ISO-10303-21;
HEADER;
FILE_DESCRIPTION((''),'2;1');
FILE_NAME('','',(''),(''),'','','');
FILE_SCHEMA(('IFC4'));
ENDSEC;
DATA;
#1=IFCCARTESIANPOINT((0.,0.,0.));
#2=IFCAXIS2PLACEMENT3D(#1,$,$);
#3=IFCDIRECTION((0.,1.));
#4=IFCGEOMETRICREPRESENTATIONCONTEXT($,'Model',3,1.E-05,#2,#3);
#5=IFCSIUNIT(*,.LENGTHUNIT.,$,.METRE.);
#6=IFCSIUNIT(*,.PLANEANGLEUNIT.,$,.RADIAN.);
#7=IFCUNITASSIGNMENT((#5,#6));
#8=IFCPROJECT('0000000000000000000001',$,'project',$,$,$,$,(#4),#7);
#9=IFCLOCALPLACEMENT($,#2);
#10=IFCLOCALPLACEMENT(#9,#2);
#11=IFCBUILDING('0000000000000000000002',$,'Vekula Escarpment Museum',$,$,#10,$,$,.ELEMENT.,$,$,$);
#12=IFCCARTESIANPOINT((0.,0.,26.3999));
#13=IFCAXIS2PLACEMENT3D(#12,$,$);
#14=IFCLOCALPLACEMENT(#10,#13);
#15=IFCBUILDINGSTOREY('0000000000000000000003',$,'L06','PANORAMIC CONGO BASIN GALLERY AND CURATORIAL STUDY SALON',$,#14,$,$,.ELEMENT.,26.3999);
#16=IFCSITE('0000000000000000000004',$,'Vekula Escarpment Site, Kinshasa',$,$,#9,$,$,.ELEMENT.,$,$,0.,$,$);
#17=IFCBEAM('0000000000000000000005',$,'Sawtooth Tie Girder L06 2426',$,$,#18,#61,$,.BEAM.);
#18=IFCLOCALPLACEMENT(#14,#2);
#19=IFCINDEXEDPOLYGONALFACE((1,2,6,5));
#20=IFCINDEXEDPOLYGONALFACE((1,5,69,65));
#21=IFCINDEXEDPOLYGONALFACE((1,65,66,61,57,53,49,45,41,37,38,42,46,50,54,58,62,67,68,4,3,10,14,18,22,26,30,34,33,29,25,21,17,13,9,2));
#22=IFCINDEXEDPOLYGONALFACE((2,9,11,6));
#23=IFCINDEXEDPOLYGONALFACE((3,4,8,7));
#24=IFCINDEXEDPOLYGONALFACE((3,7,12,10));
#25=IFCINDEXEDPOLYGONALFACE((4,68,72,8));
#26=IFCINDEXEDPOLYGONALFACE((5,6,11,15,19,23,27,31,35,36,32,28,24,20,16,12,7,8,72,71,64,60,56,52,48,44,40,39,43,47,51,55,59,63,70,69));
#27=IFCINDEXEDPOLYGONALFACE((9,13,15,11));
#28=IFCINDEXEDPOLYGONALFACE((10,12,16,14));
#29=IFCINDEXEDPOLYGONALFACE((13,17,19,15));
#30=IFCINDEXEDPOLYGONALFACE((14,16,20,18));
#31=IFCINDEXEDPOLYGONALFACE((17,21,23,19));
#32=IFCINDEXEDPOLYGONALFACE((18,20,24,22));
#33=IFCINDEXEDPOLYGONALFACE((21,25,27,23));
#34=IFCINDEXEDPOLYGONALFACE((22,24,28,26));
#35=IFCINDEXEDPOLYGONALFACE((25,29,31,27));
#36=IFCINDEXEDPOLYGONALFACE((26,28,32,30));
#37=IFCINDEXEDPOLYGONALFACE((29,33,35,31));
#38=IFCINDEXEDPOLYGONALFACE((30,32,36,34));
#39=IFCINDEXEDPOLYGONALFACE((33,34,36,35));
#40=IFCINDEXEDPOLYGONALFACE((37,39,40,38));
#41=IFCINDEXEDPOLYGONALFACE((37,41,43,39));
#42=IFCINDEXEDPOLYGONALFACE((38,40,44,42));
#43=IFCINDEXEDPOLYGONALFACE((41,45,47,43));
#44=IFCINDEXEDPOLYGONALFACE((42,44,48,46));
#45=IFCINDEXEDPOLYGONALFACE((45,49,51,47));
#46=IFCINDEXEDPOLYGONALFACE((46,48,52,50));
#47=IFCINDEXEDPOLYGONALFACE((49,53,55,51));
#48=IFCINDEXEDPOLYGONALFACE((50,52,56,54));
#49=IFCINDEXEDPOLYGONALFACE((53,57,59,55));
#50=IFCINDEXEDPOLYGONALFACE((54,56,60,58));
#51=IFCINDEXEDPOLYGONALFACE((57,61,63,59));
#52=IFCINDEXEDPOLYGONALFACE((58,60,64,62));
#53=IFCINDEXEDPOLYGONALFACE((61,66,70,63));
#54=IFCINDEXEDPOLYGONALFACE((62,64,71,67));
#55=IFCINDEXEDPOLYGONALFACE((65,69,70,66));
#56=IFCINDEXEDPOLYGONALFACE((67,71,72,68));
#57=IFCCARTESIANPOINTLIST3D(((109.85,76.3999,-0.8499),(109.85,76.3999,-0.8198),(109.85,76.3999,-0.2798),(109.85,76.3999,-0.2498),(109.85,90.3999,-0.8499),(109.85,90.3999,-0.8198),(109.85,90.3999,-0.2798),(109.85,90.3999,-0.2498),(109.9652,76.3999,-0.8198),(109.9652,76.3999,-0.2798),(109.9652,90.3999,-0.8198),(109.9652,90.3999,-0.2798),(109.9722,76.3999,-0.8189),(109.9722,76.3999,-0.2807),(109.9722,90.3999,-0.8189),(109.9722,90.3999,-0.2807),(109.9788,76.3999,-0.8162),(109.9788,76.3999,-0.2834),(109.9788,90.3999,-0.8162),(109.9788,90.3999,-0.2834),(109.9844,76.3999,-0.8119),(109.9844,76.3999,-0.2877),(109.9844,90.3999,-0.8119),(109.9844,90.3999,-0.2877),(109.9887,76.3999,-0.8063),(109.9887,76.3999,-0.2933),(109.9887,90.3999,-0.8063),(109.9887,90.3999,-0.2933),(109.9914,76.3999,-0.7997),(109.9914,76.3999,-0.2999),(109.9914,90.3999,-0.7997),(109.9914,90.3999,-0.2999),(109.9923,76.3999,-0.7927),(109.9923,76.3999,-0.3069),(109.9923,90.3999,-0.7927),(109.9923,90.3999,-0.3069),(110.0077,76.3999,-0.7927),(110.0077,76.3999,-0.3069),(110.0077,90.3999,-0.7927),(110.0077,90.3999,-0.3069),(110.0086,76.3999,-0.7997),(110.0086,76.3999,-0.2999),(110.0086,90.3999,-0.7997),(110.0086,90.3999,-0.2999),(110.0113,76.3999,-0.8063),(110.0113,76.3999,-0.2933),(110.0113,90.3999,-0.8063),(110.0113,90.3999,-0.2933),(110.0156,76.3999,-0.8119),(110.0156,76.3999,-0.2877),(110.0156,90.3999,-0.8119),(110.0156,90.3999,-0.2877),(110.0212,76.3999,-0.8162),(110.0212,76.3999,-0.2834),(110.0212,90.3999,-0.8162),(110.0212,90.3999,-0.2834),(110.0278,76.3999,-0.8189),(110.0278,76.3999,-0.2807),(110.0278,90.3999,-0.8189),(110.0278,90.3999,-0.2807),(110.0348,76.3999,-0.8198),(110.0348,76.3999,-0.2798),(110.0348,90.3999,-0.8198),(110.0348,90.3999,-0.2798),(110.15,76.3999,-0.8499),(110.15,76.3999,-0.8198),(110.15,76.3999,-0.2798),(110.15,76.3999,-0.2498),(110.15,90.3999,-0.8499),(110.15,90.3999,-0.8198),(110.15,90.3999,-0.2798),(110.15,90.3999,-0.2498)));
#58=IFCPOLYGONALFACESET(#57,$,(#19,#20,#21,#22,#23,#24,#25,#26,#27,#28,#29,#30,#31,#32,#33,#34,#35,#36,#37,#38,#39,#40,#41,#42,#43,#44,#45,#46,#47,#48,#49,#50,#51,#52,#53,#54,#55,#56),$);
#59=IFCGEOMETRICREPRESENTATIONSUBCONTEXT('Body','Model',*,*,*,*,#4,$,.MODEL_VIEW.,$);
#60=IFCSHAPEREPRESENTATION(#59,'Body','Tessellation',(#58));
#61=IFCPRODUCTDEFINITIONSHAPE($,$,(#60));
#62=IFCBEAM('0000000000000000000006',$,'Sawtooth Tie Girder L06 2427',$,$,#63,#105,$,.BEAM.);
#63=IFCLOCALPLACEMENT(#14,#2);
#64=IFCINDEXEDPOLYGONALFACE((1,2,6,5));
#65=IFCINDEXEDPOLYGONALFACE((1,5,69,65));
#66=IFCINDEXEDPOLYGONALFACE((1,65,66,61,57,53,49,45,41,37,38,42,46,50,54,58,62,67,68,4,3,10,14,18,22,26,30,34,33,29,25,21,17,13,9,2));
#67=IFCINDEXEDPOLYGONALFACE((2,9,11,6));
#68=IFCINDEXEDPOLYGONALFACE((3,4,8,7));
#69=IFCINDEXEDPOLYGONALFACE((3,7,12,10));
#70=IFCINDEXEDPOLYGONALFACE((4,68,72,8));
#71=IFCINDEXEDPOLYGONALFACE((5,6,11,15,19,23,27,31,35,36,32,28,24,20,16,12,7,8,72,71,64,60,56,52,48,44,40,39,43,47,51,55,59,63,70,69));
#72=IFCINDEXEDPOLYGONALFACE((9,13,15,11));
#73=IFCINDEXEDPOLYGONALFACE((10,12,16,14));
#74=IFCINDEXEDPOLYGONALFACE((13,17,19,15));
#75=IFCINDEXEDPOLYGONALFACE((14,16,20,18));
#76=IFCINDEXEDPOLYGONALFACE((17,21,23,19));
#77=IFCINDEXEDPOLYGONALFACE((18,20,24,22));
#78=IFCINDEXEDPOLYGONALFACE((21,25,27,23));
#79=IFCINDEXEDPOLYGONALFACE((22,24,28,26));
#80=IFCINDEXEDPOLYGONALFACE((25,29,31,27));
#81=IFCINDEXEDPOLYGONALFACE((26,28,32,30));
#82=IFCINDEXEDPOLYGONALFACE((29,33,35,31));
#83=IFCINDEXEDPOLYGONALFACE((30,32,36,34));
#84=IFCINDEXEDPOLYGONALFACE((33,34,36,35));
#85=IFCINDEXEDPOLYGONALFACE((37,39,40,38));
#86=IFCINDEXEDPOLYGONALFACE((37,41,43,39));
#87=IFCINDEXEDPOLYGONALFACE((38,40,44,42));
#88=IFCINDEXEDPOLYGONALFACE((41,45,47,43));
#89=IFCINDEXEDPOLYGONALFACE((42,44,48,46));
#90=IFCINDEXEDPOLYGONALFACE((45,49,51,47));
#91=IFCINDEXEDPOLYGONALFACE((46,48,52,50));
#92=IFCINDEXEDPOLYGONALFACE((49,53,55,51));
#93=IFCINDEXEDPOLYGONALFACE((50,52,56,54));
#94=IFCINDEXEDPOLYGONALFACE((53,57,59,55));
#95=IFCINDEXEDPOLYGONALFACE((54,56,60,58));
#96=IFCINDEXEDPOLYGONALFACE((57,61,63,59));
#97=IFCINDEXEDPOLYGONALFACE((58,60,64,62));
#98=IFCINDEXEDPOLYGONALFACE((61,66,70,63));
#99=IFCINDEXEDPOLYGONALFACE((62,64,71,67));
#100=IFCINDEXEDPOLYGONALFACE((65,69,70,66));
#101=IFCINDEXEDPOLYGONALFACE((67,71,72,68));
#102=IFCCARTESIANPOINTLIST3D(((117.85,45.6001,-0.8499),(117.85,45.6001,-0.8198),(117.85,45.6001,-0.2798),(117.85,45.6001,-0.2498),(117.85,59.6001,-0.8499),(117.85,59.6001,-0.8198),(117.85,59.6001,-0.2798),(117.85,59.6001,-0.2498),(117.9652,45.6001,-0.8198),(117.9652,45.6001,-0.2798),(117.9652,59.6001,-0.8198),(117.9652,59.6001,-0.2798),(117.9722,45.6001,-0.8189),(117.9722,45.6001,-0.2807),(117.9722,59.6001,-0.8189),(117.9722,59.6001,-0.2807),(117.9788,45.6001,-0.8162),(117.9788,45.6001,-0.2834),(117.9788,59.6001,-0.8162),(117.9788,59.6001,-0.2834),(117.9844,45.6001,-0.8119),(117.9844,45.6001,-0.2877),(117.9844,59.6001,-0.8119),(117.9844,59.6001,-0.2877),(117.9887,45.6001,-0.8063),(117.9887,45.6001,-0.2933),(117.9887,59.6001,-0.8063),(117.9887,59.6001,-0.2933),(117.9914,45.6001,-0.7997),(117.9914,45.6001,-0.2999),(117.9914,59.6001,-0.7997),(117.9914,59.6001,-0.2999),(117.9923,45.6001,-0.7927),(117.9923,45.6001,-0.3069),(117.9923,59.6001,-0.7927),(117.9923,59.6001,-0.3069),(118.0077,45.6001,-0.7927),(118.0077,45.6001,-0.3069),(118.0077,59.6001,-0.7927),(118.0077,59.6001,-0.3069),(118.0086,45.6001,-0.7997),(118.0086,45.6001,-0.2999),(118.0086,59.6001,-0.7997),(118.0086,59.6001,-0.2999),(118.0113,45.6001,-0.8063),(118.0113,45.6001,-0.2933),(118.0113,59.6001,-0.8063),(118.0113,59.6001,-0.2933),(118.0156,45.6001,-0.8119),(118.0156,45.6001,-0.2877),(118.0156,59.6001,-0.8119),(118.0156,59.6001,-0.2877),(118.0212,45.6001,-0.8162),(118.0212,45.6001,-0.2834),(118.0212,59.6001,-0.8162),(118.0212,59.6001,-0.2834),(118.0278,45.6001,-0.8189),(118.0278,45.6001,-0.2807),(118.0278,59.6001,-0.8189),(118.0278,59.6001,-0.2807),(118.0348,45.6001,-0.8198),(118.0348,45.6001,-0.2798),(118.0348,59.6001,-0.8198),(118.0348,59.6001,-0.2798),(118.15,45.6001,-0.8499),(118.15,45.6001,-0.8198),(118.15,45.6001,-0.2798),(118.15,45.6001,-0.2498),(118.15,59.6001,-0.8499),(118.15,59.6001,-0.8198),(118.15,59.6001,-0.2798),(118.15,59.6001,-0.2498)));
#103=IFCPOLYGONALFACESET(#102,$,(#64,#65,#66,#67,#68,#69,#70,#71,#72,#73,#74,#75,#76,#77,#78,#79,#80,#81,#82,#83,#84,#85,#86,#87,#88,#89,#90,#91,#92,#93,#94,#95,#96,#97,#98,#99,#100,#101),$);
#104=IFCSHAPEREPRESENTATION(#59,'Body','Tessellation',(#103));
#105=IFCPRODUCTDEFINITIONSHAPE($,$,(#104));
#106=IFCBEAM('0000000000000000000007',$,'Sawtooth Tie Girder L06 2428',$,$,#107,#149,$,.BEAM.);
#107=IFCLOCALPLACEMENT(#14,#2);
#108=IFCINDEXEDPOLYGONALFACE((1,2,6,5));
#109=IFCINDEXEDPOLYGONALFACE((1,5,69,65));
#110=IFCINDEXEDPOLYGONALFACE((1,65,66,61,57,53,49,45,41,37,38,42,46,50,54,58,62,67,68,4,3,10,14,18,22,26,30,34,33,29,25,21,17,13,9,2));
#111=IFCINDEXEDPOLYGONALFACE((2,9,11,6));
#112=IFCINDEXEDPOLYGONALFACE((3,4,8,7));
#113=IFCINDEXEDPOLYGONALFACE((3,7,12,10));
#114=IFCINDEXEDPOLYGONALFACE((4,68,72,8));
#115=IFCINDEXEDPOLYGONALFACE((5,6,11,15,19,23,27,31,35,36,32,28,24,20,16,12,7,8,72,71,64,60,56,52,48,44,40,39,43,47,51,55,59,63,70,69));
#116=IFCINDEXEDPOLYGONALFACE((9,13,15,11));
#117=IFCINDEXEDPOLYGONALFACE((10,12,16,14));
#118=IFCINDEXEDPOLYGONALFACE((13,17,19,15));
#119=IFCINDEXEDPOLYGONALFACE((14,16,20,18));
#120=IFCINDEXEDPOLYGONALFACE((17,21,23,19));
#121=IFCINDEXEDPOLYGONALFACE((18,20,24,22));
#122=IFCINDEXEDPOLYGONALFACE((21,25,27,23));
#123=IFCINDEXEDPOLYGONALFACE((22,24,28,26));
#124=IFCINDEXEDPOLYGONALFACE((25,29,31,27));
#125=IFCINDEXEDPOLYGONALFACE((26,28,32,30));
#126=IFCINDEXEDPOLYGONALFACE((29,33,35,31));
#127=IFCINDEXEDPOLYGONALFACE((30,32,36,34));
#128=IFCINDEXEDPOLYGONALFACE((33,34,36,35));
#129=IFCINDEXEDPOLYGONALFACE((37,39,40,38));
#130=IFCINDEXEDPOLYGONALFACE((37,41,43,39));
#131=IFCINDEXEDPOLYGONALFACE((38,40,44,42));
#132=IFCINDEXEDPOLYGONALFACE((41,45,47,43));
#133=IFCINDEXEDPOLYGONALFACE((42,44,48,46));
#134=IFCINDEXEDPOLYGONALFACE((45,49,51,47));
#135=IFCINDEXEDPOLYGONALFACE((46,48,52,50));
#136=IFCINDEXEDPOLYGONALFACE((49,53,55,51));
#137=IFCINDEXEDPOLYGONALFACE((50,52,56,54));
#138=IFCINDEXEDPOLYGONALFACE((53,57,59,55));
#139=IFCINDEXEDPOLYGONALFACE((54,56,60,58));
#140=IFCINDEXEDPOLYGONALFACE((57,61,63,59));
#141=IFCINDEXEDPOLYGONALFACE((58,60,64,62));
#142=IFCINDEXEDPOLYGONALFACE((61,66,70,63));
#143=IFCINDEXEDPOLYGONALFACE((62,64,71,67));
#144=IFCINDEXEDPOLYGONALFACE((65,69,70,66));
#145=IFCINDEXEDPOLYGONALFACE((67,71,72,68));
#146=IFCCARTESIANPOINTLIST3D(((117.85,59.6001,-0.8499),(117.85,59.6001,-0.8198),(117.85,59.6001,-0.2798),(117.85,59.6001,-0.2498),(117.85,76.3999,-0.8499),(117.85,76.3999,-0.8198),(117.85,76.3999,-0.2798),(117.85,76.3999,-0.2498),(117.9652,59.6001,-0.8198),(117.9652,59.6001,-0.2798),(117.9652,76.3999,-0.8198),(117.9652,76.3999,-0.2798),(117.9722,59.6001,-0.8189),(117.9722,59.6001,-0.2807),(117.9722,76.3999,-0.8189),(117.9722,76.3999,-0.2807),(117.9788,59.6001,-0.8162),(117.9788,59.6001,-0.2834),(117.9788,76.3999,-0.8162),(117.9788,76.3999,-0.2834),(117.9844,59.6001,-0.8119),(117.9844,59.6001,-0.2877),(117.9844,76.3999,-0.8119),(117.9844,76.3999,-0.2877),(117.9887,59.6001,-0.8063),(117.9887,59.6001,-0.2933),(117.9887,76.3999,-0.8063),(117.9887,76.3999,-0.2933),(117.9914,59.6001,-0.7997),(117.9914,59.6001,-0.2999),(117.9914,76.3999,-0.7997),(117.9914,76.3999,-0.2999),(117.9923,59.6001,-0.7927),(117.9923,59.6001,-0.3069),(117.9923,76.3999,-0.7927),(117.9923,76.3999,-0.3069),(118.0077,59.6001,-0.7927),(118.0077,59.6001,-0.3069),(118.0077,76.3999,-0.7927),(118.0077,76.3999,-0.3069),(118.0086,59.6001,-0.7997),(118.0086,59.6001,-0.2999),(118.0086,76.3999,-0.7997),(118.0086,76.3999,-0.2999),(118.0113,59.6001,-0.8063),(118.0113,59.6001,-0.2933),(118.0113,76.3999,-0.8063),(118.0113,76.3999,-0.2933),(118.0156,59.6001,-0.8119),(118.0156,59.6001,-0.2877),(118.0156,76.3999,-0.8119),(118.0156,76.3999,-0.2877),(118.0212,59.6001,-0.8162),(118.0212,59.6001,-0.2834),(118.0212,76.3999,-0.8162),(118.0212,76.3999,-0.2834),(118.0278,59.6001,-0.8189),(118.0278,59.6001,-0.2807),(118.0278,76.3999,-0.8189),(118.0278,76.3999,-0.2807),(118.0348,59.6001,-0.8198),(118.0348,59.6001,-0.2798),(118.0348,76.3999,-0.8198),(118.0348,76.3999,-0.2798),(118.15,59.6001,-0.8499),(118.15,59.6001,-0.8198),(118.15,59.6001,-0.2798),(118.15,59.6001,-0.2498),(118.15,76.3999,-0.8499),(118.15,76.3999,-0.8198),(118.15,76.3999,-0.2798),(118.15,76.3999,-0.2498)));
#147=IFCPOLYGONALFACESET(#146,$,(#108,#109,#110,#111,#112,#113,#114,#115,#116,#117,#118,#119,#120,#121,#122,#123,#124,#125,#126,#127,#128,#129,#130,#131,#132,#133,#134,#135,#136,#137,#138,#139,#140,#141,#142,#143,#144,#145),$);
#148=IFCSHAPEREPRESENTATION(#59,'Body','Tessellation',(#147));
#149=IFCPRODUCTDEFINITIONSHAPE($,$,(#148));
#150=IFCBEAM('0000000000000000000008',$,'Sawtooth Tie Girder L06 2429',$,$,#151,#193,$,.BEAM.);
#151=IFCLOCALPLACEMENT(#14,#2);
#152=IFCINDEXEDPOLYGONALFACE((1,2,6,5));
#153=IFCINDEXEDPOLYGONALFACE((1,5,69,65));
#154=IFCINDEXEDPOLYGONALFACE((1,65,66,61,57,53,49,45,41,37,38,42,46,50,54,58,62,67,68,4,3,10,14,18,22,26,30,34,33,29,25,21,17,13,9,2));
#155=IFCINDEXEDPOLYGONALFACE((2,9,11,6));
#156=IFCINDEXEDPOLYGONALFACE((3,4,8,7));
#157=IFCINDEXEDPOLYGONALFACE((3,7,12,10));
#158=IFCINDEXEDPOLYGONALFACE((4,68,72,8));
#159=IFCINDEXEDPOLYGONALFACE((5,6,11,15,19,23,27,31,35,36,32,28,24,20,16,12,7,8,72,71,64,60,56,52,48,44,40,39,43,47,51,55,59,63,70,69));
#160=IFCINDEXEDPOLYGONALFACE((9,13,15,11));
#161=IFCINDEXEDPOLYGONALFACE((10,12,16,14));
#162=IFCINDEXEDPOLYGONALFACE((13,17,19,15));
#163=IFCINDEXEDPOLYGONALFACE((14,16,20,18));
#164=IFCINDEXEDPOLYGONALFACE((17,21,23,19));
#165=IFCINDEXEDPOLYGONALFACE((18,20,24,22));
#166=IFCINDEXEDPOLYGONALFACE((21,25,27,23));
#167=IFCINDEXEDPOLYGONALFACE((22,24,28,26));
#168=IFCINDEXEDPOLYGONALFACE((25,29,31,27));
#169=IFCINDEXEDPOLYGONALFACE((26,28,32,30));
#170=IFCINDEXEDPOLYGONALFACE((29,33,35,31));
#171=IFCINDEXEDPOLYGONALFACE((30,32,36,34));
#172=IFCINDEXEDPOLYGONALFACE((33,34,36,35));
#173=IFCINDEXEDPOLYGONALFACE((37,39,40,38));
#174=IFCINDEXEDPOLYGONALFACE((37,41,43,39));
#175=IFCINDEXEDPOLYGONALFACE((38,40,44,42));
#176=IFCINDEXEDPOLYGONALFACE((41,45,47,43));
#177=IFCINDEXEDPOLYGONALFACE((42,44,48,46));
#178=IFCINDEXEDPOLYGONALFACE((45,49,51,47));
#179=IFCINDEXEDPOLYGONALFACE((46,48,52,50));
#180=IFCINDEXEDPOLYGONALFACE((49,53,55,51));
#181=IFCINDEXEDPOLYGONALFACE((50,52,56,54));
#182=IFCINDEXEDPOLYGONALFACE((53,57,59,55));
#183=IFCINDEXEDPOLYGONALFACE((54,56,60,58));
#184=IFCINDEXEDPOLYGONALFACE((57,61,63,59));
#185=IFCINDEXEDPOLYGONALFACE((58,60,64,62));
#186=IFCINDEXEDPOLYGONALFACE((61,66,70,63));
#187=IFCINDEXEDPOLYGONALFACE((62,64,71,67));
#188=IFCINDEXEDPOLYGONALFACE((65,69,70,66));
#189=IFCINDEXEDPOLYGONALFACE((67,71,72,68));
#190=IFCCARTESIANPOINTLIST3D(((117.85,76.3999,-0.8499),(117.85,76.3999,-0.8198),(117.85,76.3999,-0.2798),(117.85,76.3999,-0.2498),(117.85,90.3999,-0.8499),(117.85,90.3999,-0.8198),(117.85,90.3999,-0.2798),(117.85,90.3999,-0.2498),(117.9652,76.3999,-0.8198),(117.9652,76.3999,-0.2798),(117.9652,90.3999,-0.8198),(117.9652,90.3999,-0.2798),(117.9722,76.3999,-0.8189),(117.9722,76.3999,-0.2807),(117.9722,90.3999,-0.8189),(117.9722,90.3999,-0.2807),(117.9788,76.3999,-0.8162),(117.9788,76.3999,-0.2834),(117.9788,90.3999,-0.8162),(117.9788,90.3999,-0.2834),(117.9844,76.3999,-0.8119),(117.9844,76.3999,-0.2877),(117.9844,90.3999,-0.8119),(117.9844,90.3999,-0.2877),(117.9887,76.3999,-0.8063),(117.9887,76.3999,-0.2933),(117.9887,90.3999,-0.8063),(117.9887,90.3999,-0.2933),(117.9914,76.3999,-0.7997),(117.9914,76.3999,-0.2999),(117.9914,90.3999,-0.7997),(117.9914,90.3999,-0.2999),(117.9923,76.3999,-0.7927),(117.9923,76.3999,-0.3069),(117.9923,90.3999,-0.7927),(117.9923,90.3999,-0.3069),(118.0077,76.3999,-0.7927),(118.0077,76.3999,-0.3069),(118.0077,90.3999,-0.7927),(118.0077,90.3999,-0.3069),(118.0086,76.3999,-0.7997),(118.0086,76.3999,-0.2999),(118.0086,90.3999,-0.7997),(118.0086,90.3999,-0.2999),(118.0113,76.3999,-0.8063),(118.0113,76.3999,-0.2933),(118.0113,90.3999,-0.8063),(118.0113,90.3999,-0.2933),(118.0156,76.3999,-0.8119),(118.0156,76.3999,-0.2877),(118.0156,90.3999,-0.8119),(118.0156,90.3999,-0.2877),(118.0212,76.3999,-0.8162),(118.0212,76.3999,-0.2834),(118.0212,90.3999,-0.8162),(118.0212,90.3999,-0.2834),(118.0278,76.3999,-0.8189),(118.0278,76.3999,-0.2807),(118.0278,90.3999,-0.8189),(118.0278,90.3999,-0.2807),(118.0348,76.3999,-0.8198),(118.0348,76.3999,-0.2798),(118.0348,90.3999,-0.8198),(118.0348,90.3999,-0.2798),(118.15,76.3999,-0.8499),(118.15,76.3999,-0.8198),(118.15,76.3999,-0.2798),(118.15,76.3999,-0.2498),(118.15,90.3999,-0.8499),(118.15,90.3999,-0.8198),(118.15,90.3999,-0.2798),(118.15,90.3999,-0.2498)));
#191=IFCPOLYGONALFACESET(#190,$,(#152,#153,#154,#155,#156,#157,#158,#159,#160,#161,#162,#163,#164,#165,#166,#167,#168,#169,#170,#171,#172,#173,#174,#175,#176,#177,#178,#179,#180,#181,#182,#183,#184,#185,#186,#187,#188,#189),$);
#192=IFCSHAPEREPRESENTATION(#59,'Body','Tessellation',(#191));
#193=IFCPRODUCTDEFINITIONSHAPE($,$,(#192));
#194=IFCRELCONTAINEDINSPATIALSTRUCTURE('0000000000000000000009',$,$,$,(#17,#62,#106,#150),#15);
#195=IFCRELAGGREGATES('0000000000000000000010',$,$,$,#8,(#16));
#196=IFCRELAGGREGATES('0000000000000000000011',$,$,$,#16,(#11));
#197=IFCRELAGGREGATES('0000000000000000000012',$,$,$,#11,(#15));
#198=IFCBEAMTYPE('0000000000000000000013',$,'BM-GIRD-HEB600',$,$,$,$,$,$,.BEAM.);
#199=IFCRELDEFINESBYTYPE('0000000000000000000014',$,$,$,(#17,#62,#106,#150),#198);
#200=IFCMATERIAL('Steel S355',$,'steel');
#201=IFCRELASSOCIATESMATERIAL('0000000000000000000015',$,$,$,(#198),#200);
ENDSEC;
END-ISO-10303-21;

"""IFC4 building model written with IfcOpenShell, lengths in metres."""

from ifc_helpers import new_model, si_unit, direction, frame, origin, origin_2d, place, context, subcontext, project, spatial, i_section, extrude, material, material_profile, profile_set, type_object, element, save


model = new_model("IFC4")

# Units and contexts
model_context = context("Model", 3, precision=1e-05, world=origin(), true_north=direction((0.0, 1.0)))
body_context = subcontext(model_context, "Body", "Model", "MODEL_VIEW")
ifc_project = project(units=[si_unit("LENGTHUNIT", "METRE"), si_unit("PLANEANGLEUNIT", "RADIAN")], contexts=[model_context])

# Site, building, storey
site_placement = place(None, origin())
site = spatial("IfcSite", under=ifc_project, at=site_placement, Name="Vekula Escarpment Site, Kinshasa", CompositionType="ELEMENT", RefElevation=0.0)
building_placement = place(site_placement, origin())
building = spatial("IfcBuilding", under=site, at=building_placement, Name="Vekula Escarpment Museum", CompositionType="ELEMENT")
storey_placement = place(building_placement, frame((0.0, 0.0, 26.3999)))
storey = spatial("IfcBuildingStorey", under=building, at=storey_placement, Name="L06", Description="PANORAMIC CONGO BASIN GALLERY AND CURATORIAL STUDY SALON", CompositionType="ELEMENT", Elevation=26.3999)

# Beams
ifc_material_1 = material(Name="Steel S355", Category="steel")
ifc_material_profile_1 = material_profile(ifc_material_1, i_section(OverallWidth=0.3, OverallDepth=0.6001, WebThickness=0.0154, FlangeThickness=0.03, FilletRadius=0.0271, at=origin_2d()), Name="HEB 600")
ifc_profile_set_1 = profile_set([ifc_material_profile_1], Name="Steel S355")
beam_type_1 = type_object("IfcBeamType", Name="BM-GIRD-HEB600", PredefinedType="BEAM", material=ifc_profile_set_1)
for number, where, z_axis, x_axis, name in (
    (1, (110.0, 76.3999, -0.5498), (0.0, 1.0, 0.0), (-1.0, 0.0, 0.0), "Sawtooth Tie Girder L06 2426"),
    (2, (118.0, 45.6001, -0.5498), (0.0, 1.0, 0.0), (-1.0, 0.0, 0.0), "Sawtooth Tie Girder L06 2427"),
):
    element("IfcBeam", number, at=place(storey_placement, frame(where, z_axis=z_axis, x_axis=x_axis)), inside=storey, type_object=beam_type_1, Name=name, PredefinedType="BEAM", context=body_context, shape_type="SweptSolid", body=[
        extrude(i_section(OverallWidth=0.3, OverallDepth=0.6001, WebThickness=0.0154, FlangeThickness=0.03, FilletRadius=0.0271, at=origin_2d()), origin(), (0.0, 0.0, 1.0), 14.0),
    ])
beam_1_placement = place(storey_placement, frame((118.0, 59.6001, -0.5498), z_axis=(0.0, 1.0, 0.0), x_axis=(-1.0, 0.0, 0.0)))
element("IfcBeam", 3, at=beam_1_placement, inside=storey, type_object=beam_type_1, Name="Sawtooth Tie Girder L06 2428", PredefinedType="BEAM", context=body_context, shape_type="SweptSolid", body=[
    extrude(i_section(OverallWidth=0.3, OverallDepth=0.6001, WebThickness=0.0154, FlangeThickness=0.03, FilletRadius=0.0271, at=origin_2d()), origin(), (0.0, 0.0, 1.0), 16.7998),
])
beam_2_placement = place(storey_placement, frame((118.0, 76.3999, -0.5498), z_axis=(0.0, 1.0, 0.0), x_axis=(-1.0, 0.0, 0.0)))
element("IfcBeam", 4, at=beam_2_placement, inside=storey, type_object=beam_type_1, Name="Sawtooth Tie Girder L06 2429", PredefinedType="BEAM", context=body_context, shape_type="SweptSolid", body=[
    extrude(i_section(OverallWidth=0.3, OverallDepth=0.6001, WebThickness=0.0154, FlangeThickness=0.03, FilletRadius=0.0271, at=origin_2d()), origin(), (0.0, 0.0, 1.0), 14.0),
])

save(model, "model.ifc")
